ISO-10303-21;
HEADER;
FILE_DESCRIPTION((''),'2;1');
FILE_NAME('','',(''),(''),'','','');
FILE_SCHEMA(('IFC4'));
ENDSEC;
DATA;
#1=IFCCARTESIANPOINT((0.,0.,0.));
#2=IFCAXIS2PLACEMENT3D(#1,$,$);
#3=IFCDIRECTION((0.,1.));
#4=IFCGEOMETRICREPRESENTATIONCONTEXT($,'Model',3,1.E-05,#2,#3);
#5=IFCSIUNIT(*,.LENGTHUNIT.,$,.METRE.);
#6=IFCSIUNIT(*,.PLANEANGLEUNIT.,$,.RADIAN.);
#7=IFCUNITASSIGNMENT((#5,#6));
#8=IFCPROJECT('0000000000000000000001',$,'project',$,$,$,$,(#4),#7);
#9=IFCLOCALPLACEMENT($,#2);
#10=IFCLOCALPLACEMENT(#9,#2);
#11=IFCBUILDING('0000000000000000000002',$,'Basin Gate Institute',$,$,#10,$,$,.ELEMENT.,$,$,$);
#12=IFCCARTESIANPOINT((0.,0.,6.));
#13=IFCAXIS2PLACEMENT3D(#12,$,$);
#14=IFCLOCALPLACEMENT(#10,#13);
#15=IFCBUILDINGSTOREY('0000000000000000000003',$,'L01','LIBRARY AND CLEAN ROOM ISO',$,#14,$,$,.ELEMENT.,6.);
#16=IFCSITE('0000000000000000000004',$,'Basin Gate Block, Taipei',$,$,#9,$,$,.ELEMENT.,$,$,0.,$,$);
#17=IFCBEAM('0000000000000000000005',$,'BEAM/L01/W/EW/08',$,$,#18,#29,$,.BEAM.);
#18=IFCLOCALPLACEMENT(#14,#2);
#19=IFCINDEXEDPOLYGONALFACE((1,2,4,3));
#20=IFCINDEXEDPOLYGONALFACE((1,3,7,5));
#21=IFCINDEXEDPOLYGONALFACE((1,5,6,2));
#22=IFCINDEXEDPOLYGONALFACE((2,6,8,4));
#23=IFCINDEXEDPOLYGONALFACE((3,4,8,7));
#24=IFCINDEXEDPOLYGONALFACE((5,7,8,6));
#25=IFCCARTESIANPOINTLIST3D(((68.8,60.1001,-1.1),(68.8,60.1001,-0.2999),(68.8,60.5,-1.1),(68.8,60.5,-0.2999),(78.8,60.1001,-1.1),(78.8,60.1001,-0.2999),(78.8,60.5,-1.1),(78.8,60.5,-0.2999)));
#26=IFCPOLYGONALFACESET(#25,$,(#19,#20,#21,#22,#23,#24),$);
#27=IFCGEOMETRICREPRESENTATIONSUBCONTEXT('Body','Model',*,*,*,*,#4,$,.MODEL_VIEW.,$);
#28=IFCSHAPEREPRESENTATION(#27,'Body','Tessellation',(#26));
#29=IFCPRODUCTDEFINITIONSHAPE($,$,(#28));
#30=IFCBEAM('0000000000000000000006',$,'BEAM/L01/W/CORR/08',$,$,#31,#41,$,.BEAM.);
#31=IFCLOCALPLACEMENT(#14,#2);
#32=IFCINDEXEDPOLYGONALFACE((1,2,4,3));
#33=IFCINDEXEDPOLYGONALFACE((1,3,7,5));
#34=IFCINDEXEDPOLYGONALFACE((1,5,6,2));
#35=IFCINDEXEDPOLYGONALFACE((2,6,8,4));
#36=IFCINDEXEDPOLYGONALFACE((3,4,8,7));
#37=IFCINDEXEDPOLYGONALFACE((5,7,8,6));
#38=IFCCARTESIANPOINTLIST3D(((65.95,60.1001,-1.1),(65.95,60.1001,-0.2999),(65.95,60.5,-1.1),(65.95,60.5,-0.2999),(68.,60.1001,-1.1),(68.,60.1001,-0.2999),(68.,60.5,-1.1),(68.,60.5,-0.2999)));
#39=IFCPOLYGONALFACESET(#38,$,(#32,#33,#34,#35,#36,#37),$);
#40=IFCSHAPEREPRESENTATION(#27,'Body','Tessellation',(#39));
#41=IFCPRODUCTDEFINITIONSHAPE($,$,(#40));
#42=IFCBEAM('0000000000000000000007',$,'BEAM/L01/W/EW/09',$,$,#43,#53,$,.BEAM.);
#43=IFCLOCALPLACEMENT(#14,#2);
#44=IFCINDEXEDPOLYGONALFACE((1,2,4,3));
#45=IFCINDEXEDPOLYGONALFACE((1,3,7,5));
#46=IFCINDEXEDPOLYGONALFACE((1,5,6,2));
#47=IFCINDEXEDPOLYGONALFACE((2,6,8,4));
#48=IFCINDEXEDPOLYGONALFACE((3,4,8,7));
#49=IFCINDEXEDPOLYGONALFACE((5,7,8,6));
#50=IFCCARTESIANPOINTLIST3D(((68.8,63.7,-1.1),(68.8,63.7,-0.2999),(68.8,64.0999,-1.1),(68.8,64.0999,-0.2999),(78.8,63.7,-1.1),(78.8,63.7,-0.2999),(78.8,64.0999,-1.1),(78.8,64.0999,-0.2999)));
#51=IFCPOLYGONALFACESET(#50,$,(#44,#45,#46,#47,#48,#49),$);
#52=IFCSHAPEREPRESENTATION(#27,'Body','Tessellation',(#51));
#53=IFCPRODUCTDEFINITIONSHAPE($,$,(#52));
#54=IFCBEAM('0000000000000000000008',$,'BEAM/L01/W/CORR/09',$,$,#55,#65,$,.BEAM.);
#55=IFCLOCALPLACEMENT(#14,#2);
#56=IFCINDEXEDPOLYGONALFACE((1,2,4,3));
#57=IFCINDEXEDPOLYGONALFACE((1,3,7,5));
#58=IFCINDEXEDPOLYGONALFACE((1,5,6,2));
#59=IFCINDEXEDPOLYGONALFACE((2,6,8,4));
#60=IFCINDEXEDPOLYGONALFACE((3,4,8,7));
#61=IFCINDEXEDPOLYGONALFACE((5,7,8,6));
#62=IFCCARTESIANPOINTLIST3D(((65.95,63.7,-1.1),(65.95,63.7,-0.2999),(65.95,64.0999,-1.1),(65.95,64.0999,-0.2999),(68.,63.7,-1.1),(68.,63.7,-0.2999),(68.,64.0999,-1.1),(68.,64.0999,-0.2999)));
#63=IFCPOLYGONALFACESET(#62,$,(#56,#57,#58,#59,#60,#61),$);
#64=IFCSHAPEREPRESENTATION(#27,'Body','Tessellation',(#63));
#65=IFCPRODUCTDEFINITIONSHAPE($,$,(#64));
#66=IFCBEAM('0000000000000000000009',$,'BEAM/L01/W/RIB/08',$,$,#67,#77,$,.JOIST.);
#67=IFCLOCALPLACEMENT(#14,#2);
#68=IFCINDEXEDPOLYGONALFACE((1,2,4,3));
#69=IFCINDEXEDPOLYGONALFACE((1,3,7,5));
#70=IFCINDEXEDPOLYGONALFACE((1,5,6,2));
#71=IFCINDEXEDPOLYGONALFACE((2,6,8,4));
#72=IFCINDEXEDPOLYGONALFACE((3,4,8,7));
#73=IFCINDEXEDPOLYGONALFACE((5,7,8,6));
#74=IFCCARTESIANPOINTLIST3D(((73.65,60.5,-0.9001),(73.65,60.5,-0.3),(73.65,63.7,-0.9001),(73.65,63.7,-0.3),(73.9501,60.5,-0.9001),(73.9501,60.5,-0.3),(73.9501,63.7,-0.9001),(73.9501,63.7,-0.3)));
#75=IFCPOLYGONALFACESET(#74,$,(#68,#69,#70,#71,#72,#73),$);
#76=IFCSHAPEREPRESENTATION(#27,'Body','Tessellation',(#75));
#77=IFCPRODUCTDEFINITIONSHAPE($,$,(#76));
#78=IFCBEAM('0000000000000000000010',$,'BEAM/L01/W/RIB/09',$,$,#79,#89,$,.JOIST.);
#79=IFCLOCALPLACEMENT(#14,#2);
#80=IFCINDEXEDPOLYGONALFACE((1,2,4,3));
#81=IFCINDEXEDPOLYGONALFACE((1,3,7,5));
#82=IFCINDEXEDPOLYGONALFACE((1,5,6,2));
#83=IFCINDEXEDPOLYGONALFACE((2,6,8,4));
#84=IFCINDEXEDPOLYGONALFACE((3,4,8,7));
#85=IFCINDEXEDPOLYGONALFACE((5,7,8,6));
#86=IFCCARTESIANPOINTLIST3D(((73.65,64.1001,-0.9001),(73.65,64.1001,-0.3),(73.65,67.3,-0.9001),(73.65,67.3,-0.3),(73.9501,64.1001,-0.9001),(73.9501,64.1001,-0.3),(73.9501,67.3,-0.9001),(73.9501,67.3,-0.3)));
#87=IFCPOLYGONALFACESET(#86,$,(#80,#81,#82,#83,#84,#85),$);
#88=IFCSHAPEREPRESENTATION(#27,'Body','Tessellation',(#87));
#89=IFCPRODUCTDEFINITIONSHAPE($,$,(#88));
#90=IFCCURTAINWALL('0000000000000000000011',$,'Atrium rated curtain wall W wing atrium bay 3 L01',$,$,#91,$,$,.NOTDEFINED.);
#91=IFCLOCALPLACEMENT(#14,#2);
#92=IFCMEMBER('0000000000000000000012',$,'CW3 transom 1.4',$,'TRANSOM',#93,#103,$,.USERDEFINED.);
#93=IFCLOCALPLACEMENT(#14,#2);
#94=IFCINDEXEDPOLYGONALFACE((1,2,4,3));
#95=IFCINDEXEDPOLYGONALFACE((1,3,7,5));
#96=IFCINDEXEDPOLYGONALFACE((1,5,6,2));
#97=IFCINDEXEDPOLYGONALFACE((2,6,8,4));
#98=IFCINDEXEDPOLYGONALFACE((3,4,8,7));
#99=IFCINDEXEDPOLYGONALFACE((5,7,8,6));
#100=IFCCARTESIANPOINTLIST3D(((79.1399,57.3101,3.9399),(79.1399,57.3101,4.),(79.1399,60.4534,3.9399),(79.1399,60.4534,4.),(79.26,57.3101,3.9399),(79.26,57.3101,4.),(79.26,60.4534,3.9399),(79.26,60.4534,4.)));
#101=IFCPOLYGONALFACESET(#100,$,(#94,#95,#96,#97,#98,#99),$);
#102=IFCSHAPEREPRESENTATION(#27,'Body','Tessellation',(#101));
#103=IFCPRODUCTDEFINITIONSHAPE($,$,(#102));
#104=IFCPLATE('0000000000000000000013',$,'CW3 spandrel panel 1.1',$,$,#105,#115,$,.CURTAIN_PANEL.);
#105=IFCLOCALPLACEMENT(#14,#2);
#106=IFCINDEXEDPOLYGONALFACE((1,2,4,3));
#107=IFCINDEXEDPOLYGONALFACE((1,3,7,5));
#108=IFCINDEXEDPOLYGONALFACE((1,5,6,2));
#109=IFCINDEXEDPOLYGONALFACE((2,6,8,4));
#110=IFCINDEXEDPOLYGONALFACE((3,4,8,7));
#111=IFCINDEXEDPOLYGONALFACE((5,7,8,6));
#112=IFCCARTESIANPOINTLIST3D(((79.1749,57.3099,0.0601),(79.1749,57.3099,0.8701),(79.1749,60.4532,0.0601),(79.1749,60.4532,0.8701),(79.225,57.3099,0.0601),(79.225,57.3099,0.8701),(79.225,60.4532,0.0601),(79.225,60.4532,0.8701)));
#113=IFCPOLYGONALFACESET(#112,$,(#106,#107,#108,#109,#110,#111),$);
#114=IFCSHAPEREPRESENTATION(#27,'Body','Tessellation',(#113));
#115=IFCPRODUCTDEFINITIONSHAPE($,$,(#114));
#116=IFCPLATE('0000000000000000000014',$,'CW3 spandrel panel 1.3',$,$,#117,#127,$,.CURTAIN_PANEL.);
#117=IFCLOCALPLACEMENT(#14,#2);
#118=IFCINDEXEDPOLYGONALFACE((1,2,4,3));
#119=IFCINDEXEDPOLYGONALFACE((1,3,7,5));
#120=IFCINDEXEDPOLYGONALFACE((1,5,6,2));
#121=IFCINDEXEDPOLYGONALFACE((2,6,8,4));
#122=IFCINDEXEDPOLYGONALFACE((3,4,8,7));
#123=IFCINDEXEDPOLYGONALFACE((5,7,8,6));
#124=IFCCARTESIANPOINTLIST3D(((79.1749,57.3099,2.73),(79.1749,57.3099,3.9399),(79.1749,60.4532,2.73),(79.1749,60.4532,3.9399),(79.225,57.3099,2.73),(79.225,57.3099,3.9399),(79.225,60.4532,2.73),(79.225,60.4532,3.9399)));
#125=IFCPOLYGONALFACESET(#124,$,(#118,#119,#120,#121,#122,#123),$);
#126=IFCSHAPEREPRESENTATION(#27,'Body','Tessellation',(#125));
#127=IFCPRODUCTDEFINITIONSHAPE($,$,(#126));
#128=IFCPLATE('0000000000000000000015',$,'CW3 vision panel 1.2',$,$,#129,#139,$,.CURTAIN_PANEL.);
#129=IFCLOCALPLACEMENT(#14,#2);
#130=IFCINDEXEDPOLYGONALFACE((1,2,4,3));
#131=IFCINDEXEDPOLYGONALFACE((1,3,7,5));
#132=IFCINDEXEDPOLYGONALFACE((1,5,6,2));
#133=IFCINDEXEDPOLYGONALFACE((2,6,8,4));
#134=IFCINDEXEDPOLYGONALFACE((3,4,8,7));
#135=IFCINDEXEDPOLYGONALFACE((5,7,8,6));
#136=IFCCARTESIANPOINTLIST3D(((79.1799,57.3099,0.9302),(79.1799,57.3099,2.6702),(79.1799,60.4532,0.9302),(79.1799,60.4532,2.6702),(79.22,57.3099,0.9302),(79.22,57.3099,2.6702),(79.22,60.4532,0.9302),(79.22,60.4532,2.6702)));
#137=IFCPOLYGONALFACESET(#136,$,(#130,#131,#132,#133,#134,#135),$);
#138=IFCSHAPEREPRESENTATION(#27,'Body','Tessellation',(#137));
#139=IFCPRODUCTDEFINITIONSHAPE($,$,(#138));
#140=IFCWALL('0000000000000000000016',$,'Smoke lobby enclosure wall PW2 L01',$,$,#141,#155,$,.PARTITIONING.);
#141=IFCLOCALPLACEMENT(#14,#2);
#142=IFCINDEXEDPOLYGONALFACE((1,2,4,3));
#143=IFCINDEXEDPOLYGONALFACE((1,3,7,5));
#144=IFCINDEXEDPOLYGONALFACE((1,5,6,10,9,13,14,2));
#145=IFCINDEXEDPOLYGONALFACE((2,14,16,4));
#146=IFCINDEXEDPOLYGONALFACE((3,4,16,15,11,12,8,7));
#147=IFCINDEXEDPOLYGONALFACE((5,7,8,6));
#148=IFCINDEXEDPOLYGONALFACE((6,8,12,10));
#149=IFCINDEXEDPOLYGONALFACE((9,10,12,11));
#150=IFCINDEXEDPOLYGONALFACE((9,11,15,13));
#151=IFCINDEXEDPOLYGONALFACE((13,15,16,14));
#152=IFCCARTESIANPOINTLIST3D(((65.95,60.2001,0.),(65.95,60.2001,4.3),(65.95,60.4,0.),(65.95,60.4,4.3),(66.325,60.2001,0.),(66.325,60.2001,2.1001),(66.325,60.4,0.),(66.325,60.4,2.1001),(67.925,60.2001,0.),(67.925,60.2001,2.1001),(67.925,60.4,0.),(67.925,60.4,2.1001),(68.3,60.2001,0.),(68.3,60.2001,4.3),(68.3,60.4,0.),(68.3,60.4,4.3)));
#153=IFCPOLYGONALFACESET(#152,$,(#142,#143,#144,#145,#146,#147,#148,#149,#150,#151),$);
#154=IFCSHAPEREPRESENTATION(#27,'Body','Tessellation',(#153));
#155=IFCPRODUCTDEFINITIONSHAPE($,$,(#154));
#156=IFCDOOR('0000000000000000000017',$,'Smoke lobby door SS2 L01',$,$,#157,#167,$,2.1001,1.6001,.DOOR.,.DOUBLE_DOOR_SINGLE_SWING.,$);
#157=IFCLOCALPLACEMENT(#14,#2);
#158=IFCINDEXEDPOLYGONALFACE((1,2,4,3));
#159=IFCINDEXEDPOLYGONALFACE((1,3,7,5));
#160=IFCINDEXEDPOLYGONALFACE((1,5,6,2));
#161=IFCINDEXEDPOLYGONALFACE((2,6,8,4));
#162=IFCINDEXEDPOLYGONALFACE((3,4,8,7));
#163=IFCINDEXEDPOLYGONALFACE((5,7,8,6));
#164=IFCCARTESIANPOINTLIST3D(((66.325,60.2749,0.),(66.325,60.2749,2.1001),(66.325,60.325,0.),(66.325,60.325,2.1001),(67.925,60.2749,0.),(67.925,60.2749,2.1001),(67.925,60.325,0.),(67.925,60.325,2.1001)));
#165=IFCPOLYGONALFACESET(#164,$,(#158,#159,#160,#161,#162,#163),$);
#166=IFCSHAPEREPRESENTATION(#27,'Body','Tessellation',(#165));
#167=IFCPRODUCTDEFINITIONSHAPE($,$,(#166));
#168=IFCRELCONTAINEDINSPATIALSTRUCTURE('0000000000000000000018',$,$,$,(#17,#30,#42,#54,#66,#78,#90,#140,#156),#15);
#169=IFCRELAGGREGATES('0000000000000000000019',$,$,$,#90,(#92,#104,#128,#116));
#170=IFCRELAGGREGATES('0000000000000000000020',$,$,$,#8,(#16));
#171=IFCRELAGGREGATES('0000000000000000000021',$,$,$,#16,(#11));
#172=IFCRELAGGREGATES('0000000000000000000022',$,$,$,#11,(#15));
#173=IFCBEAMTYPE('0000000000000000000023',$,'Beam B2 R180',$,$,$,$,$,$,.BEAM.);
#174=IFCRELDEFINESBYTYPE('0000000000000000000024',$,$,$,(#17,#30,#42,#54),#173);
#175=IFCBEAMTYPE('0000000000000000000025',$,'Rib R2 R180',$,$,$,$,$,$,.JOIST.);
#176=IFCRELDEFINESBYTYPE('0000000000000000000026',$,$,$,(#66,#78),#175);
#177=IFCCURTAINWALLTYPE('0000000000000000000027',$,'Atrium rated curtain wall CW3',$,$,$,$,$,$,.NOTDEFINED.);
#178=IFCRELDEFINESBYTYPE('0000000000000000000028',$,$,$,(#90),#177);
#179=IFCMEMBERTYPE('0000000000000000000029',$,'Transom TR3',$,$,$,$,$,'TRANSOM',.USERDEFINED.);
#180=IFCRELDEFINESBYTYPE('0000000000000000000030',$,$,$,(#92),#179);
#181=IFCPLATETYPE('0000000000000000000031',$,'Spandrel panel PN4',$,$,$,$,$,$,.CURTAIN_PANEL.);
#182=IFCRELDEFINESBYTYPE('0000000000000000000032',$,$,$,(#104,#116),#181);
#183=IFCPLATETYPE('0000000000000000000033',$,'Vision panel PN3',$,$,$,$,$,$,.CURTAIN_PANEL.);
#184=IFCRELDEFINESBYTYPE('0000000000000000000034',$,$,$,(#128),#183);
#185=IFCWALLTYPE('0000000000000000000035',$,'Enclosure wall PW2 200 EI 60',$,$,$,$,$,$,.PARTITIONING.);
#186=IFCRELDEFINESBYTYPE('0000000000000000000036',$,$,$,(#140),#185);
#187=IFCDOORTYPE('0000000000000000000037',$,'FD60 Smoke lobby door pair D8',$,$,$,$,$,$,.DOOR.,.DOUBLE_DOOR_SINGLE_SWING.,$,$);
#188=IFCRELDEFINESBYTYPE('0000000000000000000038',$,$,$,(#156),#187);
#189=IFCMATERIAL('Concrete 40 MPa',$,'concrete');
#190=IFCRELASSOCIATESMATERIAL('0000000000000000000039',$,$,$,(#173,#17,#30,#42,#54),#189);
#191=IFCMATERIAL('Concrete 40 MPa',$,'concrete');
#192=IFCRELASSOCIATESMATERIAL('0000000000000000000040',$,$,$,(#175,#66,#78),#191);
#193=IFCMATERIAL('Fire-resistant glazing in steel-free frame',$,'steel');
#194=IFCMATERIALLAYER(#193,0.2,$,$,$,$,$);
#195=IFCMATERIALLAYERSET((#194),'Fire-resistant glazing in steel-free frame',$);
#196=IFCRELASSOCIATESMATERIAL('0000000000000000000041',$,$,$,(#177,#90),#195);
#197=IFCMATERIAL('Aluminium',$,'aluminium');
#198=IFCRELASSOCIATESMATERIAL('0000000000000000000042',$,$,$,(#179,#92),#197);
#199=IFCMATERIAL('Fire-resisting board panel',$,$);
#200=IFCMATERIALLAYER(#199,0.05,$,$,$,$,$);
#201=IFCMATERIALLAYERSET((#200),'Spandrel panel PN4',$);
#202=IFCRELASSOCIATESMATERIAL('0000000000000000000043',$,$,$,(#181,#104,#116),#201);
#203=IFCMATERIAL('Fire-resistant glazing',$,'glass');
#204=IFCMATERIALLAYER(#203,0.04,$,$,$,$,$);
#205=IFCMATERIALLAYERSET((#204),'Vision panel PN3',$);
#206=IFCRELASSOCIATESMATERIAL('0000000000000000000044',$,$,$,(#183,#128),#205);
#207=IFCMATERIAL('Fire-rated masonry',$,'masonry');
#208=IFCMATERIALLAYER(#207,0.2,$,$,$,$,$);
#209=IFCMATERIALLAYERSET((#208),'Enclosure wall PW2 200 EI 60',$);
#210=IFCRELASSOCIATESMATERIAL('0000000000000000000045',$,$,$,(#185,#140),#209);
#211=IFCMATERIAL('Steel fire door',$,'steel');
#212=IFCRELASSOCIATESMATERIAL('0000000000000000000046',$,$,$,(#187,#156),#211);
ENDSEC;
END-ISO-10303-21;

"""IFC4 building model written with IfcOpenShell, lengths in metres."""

from ifc_helpers import new_model, si_unit, direction, frame, frame_2d, origin, origin_2d, place, context, subcontext, project, spatial, rectangle, extrude, material, layer, layer_set, material_profile, profile_set, type_object, element, fill, aggregate, save


model = new_model("IFC4")

# Units and contexts
model_context = context("Model", 3, precision=1e-05, world=origin(), true_north=direction((0.0, 1.0)))
body_context = subcontext(model_context, "Body", "Model", "MODEL_VIEW")
ifc_project = project(units=[si_unit("LENGTHUNIT", "METRE"), si_unit("PLANEANGLEUNIT", "RADIAN")], contexts=[model_context])

# Site, building, storey
site_placement = place(None, origin())
site = spatial("IfcSite", under=ifc_project, at=site_placement, Name="Basin Gate Block, Taipei", CompositionType="ELEMENT", RefElevation=0.0)
building_placement = place(site_placement, origin())
building = spatial("IfcBuilding", under=site, at=building_placement, Name="Basin Gate Institute", CompositionType="ELEMENT")
storey_placement = place(building_placement, frame((0.0, 0.0, 6.0)))
storey = spatial("IfcBuildingStorey", under=building, at=storey_placement, Name="L01", Description="LIBRARY AND CLEAN ROOM ISO", CompositionType="ELEMENT", Elevation=6.0)

# Beams
ifc_material_1 = material(Name="Concrete 40 MPa", Category="concrete")
ifc_material_profile_1 = material_profile(ifc_material_1, rectangle(XDim=0.3999, YDim=0.8, at=origin_2d()), Name="Beam B2 400 x 800")
ifc_profile_set_1 = profile_set([ifc_material_profile_1], Name="Concrete 40 MPa")
beam_type_1 = type_object("IfcBeamType", Name="Beam B2 R180", PredefinedType="BEAM", material=ifc_profile_set_1)
beam_1_placement = place(storey_placement, frame((68.8, 60.3, -0.7), z_axis=(1.0, 0.0, 0.0), x_axis=(0.0, 1.0, 0.0)))
element("IfcBeam", 1, at=beam_1_placement, inside=storey, type_object=beam_type_1, material=ifc_profile_set_1, Name="BEAM/L01/W/EW/08", PredefinedType="BEAM", context=body_context, shape_type="SweptSolid", body=[
    extrude(rectangle(XDim=0.3999, YDim=0.8, at=origin_2d()), origin(), (0.0, 0.0, 1.0), 10.0),
])
beam_2_placement = place(storey_placement, frame((65.95, 60.3, -0.7), z_axis=(1.0, 0.0, 0.0), x_axis=(0.0, 1.0, 0.0)))
element("IfcBeam", 2, at=beam_2_placement, inside=storey, type_object=beam_type_1, material=ifc_profile_set_1, Name="BEAM/L01/W/CORR/08", PredefinedType="BEAM", context=body_context, shape_type="SweptSolid", body=[
    extrude(rectangle(XDim=0.3999, YDim=0.8, at=origin_2d()), origin(), (0.0, 0.0, 1.0), 2.05),
])
beam_3_placement = place(storey_placement, frame((68.8, 63.8999, -0.7), z_axis=(1.0, 0.0, 0.0), x_axis=(0.0, 1.0, 0.0)))
element("IfcBeam", 3, at=beam_3_placement, inside=storey, type_object=beam_type_1, material=ifc_profile_set_1, Name="BEAM/L01/W/EW/09", PredefinedType="BEAM", context=body_context, shape_type="SweptSolid", body=[
    extrude(rectangle(XDim=0.3999, YDim=0.8, at=origin_2d()), origin(), (0.0, 0.0, 1.0), 10.0),
])
beam_4_placement = place(storey_placement, frame((65.95, 63.8999, -0.7), z_axis=(1.0, 0.0, 0.0), x_axis=(0.0, 1.0, 0.0)))
element("IfcBeam", 4, at=beam_4_placement, inside=storey, type_object=beam_type_1, material=ifc_profile_set_1, Name="BEAM/L01/W/CORR/09", PredefinedType="BEAM", context=body_context, shape_type="SweptSolid", body=[
    extrude(rectangle(XDim=0.3999, YDim=0.8, at=origin_2d()), origin(), (0.0, 0.0, 1.0), 2.05),
])
ifc_material_2 = material(Name="Concrete 40 MPa", Category="concrete")
ifc_material_profile_2 = material_profile(ifc_material_2, rectangle(XDim=0.3, YDim=0.6001, at=origin_2d()), Name="Rib R2 300 x 600")
ifc_profile_set_2 = profile_set([ifc_material_profile_2], Name="Concrete 40 MPa")
beam_type_2 = type_object("IfcBeamType", Name="Rib R2 R180", PredefinedType="JOIST", material=ifc_profile_set_2)
for number, where, z_axis, x_axis, name in (
    (5, (73.8, 60.5, -0.6001), (0.0, 1.0, 0.0), (-1.0, 0.0, 0.0), "BEAM/L01/W/RIB/08"),
    (6, (73.8, 64.1001, -0.6001), (0.0, 1.0, 0.0), (-1.0, 0.0, 0.0), "BEAM/L01/W/RIB/09"),
):
    element("IfcBeam", number, at=place(storey_placement, frame(where, z_axis=z_axis, x_axis=x_axis)), inside=storey, type_object=beam_type_2, material=ifc_profile_set_2, Name=name, PredefinedType="JOIST", context=body_context, shape_type="SweptSolid", body=[
        extrude(rectangle(XDim=0.3, YDim=0.6001, at=origin_2d()), origin(), (0.0, 0.0, 1.0), 3.2),
    ])

# Curtain wall, member, plates
ifc_material_3 = material(Name="Fire-resistant glazing in steel-free frame", Category="steel")
ifc_layer_1 = layer(ifc_material_3, 0.2)
ifc_layer_set_1 = layer_set([ifc_layer_1], Name="Fire-resistant glazing in steel-free frame")
curtain_wall_type = type_object("IfcCurtainWallType", Name="Atrium rated curtain wall CW3", PredefinedType="NOTDEFINED", material=ifc_layer_set_1)
curtain_wall_placement = place(storey_placement, origin())
curtain_wall = element("IfcCurtainWall", 7, at=curtain_wall_placement, inside=storey, type_object=curtain_wall_type, material=ifc_layer_set_1, Name="Atrium rated curtain wall W wing atrium bay 3 L01", PredefinedType="NOTDEFINED")
ifc_material_4 = material(Name="Aluminium", Category="aluminium")
ifc_material_profile_3 = material_profile(ifc_material_4, rectangle(XDim=0.1201, YDim=0.0601, at=origin_2d()), Name="Transom TR3 120 x 60")
ifc_profile_set_3 = profile_set([ifc_material_profile_3], Name="Aluminium")
member_type = type_object("IfcMemberType", Name="Transom TR3", ElementType="TRANSOM", PredefinedType="USERDEFINED", material=ifc_profile_set_3)
member_placement = place(storey_placement, frame((79.2, 57.3101, 3.97), z_axis=(0.0, 1.0, 0.0), x_axis=(-1.0, 0.0, 0.0)))
member = element("IfcMember", 8, at=member_placement, type_object=member_type, material=ifc_profile_set_3, Name="CW3 transom 1.4", ObjectType="TRANSOM", PredefinedType="USERDEFINED", context=body_context, shape_type="SweptSolid", body=[
    extrude(rectangle(XDim=0.1201, YDim=0.0601, at=origin_2d()), origin(), (0.0, 0.0, 1.0), 3.1433),
])
ifc_material_5 = material(Name="Fire-resisting board panel")
ifc_layer_2 = layer(ifc_material_5, 0.05)
ifc_layer_set_2 = layer_set([ifc_layer_2], Name="Spandrel panel PN4")
plate_type_1 = type_object("IfcPlateType", Name="Spandrel panel PN4", PredefinedType="CURTAIN_PANEL", material=ifc_layer_set_2)
plate_1_placement = place(storey_placement, frame((79.2, 58.8816, 0.0601), z_axis=(0.0, 0.0, 1.0), x_axis=(0.0, 1.0, 0.0)))
plate_1 = element("IfcPlate", 9, at=plate_1_placement, type_object=plate_type_1, material=ifc_layer_set_2, Name="CW3 spandrel panel 1.1", PredefinedType="CURTAIN_PANEL", context=body_context, shape_type="SweptSolid", body=[
    extrude(rectangle(XDim=3.1433, YDim=0.05, at=origin_2d()), origin(), (0.0, 0.0, 1.0), 0.8101),
])
plate_2_placement = place(storey_placement, frame((79.2, 58.8816, 2.73), z_axis=(0.0, 0.0, 1.0), x_axis=(0.0, 1.0, 0.0)))
plate_2 = element("IfcPlate", 10, at=plate_2_placement, type_object=plate_type_1, material=ifc_layer_set_2, Name="CW3 spandrel panel 1.3", PredefinedType="CURTAIN_PANEL", context=body_context, shape_type="SweptSolid", body=[
    extrude(rectangle(XDim=3.1433, YDim=0.05, at=origin_2d()), origin(), (0.0, 0.0, 1.0), 1.21),
])
ifc_material_6 = material(Name="Fire-resistant glazing", Category="glass")
ifc_layer_3 = layer(ifc_material_6, 0.04)
ifc_layer_set_3 = layer_set([ifc_layer_3], Name="Vision panel PN3")
plate_type_2 = type_object("IfcPlateType", Name="Vision panel PN3", PredefinedType="CURTAIN_PANEL", material=ifc_layer_set_3)
plate_3_placement = place(storey_placement, frame((79.2, 58.8816, 0.9302), z_axis=(0.0, 0.0, 1.0), x_axis=(0.0, 1.0, 0.0)))
plate_3 = element("IfcPlate", 11, at=plate_3_placement, type_object=plate_type_2, material=ifc_layer_set_3, Name="CW3 vision panel 1.2", PredefinedType="CURTAIN_PANEL", context=body_context, shape_type="SweptSolid", body=[
    extrude(rectangle(XDim=3.1433, YDim=0.04, at=origin_2d()), origin(), (0.0, 0.0, 1.0), 1.74),
])
aggregate(curtain_wall, [member, plate_1, plate_3, plate_2])

# Wall, opening, door
ifc_material_7 = material(Name="Fire-rated masonry", Category="masonry")
ifc_layer_4 = layer(ifc_material_7, 0.2)
ifc_layer_set_4 = layer_set([ifc_layer_4], Name="Enclosure wall PW2 200 EI 60")
wall_type_1 = type_object("IfcWallType", Name="Enclosure wall PW2 200 EI 60", PredefinedType="PARTITIONING", material=ifc_layer_set_4)
wall_1_placement = place(storey_placement, frame((65.95, 60.3, 0.0), z_axis=(0.0, 0.0, 1.0), x_axis=(1.0, 0.0, 0.0)))
wall_1 = element("IfcWall", 12, at=wall_1_placement, inside=storey, type_object=wall_type_1, material=ifc_layer_set_4, Name="Smoke lobby enclosure wall PW2 L01", PredefinedType="PARTITIONING", context=body_context, shape_type="SweptSolid", body=[
    extrude(rectangle(XDim=2.3501, YDim=0.2, at=frame_2d((1.175, 0.0))), origin(), (0.0, 0.0, 1.0), 4.3),
])
opening_1_placement = place(wall_1_placement, frame((0.375, 0.0, 0.0)))
opening_1 = element("IfcOpeningElement", 13, at=opening_1_placement, cuts=wall_1, PredefinedType="OPENING", context=body_context, shape_type="SweptSolid", body=[
    extrude(rectangle(XDim=1.6001, YDim=2.1001, at=frame_2d((0.8, 1.05))), frame((0.0, 0.1099, 0.0), z_axis=(0.0, -1.0, 0.0), x_axis=(1.0, 0.0, 0.0)), (0.0, 0.0, 1.0), 0.22),
])
ifc_material_8 = material(Name="Steel fire door", Category="steel")
door_type_1 = type_object("IfcDoorType", Name="FD60 Smoke lobby door pair D8", OperationType="DOUBLE_DOOR_SINGLE_SWING", PredefinedType="DOOR", material=ifc_material_8)
door_1_placement = place(opening_1_placement, origin())
door_1 = element("IfcDoor", 14, at=door_1_placement, inside=storey, type_object=door_type_1, material=ifc_material_8, Name="Smoke lobby door SS2 L01", OperationType="DOUBLE_DOOR_SINGLE_SWING", OverallHeight=2.1001, OverallWidth=1.6001, PredefinedType="DOOR", context=body_context, shape_type="SweptSolid", body=[
    extrude(rectangle(XDim=1.6001, YDim=2.1001, at=frame_2d((0.8, 1.05))), frame((0.0, 0.0249, 0.0), z_axis=(0.0, -1.0, 0.0), x_axis=(1.0, 0.0, 0.0)), (0.0, 0.0, 1.0), 0.05),
])
fill(opening_1, door_1)

save(model, "model.ifc")
